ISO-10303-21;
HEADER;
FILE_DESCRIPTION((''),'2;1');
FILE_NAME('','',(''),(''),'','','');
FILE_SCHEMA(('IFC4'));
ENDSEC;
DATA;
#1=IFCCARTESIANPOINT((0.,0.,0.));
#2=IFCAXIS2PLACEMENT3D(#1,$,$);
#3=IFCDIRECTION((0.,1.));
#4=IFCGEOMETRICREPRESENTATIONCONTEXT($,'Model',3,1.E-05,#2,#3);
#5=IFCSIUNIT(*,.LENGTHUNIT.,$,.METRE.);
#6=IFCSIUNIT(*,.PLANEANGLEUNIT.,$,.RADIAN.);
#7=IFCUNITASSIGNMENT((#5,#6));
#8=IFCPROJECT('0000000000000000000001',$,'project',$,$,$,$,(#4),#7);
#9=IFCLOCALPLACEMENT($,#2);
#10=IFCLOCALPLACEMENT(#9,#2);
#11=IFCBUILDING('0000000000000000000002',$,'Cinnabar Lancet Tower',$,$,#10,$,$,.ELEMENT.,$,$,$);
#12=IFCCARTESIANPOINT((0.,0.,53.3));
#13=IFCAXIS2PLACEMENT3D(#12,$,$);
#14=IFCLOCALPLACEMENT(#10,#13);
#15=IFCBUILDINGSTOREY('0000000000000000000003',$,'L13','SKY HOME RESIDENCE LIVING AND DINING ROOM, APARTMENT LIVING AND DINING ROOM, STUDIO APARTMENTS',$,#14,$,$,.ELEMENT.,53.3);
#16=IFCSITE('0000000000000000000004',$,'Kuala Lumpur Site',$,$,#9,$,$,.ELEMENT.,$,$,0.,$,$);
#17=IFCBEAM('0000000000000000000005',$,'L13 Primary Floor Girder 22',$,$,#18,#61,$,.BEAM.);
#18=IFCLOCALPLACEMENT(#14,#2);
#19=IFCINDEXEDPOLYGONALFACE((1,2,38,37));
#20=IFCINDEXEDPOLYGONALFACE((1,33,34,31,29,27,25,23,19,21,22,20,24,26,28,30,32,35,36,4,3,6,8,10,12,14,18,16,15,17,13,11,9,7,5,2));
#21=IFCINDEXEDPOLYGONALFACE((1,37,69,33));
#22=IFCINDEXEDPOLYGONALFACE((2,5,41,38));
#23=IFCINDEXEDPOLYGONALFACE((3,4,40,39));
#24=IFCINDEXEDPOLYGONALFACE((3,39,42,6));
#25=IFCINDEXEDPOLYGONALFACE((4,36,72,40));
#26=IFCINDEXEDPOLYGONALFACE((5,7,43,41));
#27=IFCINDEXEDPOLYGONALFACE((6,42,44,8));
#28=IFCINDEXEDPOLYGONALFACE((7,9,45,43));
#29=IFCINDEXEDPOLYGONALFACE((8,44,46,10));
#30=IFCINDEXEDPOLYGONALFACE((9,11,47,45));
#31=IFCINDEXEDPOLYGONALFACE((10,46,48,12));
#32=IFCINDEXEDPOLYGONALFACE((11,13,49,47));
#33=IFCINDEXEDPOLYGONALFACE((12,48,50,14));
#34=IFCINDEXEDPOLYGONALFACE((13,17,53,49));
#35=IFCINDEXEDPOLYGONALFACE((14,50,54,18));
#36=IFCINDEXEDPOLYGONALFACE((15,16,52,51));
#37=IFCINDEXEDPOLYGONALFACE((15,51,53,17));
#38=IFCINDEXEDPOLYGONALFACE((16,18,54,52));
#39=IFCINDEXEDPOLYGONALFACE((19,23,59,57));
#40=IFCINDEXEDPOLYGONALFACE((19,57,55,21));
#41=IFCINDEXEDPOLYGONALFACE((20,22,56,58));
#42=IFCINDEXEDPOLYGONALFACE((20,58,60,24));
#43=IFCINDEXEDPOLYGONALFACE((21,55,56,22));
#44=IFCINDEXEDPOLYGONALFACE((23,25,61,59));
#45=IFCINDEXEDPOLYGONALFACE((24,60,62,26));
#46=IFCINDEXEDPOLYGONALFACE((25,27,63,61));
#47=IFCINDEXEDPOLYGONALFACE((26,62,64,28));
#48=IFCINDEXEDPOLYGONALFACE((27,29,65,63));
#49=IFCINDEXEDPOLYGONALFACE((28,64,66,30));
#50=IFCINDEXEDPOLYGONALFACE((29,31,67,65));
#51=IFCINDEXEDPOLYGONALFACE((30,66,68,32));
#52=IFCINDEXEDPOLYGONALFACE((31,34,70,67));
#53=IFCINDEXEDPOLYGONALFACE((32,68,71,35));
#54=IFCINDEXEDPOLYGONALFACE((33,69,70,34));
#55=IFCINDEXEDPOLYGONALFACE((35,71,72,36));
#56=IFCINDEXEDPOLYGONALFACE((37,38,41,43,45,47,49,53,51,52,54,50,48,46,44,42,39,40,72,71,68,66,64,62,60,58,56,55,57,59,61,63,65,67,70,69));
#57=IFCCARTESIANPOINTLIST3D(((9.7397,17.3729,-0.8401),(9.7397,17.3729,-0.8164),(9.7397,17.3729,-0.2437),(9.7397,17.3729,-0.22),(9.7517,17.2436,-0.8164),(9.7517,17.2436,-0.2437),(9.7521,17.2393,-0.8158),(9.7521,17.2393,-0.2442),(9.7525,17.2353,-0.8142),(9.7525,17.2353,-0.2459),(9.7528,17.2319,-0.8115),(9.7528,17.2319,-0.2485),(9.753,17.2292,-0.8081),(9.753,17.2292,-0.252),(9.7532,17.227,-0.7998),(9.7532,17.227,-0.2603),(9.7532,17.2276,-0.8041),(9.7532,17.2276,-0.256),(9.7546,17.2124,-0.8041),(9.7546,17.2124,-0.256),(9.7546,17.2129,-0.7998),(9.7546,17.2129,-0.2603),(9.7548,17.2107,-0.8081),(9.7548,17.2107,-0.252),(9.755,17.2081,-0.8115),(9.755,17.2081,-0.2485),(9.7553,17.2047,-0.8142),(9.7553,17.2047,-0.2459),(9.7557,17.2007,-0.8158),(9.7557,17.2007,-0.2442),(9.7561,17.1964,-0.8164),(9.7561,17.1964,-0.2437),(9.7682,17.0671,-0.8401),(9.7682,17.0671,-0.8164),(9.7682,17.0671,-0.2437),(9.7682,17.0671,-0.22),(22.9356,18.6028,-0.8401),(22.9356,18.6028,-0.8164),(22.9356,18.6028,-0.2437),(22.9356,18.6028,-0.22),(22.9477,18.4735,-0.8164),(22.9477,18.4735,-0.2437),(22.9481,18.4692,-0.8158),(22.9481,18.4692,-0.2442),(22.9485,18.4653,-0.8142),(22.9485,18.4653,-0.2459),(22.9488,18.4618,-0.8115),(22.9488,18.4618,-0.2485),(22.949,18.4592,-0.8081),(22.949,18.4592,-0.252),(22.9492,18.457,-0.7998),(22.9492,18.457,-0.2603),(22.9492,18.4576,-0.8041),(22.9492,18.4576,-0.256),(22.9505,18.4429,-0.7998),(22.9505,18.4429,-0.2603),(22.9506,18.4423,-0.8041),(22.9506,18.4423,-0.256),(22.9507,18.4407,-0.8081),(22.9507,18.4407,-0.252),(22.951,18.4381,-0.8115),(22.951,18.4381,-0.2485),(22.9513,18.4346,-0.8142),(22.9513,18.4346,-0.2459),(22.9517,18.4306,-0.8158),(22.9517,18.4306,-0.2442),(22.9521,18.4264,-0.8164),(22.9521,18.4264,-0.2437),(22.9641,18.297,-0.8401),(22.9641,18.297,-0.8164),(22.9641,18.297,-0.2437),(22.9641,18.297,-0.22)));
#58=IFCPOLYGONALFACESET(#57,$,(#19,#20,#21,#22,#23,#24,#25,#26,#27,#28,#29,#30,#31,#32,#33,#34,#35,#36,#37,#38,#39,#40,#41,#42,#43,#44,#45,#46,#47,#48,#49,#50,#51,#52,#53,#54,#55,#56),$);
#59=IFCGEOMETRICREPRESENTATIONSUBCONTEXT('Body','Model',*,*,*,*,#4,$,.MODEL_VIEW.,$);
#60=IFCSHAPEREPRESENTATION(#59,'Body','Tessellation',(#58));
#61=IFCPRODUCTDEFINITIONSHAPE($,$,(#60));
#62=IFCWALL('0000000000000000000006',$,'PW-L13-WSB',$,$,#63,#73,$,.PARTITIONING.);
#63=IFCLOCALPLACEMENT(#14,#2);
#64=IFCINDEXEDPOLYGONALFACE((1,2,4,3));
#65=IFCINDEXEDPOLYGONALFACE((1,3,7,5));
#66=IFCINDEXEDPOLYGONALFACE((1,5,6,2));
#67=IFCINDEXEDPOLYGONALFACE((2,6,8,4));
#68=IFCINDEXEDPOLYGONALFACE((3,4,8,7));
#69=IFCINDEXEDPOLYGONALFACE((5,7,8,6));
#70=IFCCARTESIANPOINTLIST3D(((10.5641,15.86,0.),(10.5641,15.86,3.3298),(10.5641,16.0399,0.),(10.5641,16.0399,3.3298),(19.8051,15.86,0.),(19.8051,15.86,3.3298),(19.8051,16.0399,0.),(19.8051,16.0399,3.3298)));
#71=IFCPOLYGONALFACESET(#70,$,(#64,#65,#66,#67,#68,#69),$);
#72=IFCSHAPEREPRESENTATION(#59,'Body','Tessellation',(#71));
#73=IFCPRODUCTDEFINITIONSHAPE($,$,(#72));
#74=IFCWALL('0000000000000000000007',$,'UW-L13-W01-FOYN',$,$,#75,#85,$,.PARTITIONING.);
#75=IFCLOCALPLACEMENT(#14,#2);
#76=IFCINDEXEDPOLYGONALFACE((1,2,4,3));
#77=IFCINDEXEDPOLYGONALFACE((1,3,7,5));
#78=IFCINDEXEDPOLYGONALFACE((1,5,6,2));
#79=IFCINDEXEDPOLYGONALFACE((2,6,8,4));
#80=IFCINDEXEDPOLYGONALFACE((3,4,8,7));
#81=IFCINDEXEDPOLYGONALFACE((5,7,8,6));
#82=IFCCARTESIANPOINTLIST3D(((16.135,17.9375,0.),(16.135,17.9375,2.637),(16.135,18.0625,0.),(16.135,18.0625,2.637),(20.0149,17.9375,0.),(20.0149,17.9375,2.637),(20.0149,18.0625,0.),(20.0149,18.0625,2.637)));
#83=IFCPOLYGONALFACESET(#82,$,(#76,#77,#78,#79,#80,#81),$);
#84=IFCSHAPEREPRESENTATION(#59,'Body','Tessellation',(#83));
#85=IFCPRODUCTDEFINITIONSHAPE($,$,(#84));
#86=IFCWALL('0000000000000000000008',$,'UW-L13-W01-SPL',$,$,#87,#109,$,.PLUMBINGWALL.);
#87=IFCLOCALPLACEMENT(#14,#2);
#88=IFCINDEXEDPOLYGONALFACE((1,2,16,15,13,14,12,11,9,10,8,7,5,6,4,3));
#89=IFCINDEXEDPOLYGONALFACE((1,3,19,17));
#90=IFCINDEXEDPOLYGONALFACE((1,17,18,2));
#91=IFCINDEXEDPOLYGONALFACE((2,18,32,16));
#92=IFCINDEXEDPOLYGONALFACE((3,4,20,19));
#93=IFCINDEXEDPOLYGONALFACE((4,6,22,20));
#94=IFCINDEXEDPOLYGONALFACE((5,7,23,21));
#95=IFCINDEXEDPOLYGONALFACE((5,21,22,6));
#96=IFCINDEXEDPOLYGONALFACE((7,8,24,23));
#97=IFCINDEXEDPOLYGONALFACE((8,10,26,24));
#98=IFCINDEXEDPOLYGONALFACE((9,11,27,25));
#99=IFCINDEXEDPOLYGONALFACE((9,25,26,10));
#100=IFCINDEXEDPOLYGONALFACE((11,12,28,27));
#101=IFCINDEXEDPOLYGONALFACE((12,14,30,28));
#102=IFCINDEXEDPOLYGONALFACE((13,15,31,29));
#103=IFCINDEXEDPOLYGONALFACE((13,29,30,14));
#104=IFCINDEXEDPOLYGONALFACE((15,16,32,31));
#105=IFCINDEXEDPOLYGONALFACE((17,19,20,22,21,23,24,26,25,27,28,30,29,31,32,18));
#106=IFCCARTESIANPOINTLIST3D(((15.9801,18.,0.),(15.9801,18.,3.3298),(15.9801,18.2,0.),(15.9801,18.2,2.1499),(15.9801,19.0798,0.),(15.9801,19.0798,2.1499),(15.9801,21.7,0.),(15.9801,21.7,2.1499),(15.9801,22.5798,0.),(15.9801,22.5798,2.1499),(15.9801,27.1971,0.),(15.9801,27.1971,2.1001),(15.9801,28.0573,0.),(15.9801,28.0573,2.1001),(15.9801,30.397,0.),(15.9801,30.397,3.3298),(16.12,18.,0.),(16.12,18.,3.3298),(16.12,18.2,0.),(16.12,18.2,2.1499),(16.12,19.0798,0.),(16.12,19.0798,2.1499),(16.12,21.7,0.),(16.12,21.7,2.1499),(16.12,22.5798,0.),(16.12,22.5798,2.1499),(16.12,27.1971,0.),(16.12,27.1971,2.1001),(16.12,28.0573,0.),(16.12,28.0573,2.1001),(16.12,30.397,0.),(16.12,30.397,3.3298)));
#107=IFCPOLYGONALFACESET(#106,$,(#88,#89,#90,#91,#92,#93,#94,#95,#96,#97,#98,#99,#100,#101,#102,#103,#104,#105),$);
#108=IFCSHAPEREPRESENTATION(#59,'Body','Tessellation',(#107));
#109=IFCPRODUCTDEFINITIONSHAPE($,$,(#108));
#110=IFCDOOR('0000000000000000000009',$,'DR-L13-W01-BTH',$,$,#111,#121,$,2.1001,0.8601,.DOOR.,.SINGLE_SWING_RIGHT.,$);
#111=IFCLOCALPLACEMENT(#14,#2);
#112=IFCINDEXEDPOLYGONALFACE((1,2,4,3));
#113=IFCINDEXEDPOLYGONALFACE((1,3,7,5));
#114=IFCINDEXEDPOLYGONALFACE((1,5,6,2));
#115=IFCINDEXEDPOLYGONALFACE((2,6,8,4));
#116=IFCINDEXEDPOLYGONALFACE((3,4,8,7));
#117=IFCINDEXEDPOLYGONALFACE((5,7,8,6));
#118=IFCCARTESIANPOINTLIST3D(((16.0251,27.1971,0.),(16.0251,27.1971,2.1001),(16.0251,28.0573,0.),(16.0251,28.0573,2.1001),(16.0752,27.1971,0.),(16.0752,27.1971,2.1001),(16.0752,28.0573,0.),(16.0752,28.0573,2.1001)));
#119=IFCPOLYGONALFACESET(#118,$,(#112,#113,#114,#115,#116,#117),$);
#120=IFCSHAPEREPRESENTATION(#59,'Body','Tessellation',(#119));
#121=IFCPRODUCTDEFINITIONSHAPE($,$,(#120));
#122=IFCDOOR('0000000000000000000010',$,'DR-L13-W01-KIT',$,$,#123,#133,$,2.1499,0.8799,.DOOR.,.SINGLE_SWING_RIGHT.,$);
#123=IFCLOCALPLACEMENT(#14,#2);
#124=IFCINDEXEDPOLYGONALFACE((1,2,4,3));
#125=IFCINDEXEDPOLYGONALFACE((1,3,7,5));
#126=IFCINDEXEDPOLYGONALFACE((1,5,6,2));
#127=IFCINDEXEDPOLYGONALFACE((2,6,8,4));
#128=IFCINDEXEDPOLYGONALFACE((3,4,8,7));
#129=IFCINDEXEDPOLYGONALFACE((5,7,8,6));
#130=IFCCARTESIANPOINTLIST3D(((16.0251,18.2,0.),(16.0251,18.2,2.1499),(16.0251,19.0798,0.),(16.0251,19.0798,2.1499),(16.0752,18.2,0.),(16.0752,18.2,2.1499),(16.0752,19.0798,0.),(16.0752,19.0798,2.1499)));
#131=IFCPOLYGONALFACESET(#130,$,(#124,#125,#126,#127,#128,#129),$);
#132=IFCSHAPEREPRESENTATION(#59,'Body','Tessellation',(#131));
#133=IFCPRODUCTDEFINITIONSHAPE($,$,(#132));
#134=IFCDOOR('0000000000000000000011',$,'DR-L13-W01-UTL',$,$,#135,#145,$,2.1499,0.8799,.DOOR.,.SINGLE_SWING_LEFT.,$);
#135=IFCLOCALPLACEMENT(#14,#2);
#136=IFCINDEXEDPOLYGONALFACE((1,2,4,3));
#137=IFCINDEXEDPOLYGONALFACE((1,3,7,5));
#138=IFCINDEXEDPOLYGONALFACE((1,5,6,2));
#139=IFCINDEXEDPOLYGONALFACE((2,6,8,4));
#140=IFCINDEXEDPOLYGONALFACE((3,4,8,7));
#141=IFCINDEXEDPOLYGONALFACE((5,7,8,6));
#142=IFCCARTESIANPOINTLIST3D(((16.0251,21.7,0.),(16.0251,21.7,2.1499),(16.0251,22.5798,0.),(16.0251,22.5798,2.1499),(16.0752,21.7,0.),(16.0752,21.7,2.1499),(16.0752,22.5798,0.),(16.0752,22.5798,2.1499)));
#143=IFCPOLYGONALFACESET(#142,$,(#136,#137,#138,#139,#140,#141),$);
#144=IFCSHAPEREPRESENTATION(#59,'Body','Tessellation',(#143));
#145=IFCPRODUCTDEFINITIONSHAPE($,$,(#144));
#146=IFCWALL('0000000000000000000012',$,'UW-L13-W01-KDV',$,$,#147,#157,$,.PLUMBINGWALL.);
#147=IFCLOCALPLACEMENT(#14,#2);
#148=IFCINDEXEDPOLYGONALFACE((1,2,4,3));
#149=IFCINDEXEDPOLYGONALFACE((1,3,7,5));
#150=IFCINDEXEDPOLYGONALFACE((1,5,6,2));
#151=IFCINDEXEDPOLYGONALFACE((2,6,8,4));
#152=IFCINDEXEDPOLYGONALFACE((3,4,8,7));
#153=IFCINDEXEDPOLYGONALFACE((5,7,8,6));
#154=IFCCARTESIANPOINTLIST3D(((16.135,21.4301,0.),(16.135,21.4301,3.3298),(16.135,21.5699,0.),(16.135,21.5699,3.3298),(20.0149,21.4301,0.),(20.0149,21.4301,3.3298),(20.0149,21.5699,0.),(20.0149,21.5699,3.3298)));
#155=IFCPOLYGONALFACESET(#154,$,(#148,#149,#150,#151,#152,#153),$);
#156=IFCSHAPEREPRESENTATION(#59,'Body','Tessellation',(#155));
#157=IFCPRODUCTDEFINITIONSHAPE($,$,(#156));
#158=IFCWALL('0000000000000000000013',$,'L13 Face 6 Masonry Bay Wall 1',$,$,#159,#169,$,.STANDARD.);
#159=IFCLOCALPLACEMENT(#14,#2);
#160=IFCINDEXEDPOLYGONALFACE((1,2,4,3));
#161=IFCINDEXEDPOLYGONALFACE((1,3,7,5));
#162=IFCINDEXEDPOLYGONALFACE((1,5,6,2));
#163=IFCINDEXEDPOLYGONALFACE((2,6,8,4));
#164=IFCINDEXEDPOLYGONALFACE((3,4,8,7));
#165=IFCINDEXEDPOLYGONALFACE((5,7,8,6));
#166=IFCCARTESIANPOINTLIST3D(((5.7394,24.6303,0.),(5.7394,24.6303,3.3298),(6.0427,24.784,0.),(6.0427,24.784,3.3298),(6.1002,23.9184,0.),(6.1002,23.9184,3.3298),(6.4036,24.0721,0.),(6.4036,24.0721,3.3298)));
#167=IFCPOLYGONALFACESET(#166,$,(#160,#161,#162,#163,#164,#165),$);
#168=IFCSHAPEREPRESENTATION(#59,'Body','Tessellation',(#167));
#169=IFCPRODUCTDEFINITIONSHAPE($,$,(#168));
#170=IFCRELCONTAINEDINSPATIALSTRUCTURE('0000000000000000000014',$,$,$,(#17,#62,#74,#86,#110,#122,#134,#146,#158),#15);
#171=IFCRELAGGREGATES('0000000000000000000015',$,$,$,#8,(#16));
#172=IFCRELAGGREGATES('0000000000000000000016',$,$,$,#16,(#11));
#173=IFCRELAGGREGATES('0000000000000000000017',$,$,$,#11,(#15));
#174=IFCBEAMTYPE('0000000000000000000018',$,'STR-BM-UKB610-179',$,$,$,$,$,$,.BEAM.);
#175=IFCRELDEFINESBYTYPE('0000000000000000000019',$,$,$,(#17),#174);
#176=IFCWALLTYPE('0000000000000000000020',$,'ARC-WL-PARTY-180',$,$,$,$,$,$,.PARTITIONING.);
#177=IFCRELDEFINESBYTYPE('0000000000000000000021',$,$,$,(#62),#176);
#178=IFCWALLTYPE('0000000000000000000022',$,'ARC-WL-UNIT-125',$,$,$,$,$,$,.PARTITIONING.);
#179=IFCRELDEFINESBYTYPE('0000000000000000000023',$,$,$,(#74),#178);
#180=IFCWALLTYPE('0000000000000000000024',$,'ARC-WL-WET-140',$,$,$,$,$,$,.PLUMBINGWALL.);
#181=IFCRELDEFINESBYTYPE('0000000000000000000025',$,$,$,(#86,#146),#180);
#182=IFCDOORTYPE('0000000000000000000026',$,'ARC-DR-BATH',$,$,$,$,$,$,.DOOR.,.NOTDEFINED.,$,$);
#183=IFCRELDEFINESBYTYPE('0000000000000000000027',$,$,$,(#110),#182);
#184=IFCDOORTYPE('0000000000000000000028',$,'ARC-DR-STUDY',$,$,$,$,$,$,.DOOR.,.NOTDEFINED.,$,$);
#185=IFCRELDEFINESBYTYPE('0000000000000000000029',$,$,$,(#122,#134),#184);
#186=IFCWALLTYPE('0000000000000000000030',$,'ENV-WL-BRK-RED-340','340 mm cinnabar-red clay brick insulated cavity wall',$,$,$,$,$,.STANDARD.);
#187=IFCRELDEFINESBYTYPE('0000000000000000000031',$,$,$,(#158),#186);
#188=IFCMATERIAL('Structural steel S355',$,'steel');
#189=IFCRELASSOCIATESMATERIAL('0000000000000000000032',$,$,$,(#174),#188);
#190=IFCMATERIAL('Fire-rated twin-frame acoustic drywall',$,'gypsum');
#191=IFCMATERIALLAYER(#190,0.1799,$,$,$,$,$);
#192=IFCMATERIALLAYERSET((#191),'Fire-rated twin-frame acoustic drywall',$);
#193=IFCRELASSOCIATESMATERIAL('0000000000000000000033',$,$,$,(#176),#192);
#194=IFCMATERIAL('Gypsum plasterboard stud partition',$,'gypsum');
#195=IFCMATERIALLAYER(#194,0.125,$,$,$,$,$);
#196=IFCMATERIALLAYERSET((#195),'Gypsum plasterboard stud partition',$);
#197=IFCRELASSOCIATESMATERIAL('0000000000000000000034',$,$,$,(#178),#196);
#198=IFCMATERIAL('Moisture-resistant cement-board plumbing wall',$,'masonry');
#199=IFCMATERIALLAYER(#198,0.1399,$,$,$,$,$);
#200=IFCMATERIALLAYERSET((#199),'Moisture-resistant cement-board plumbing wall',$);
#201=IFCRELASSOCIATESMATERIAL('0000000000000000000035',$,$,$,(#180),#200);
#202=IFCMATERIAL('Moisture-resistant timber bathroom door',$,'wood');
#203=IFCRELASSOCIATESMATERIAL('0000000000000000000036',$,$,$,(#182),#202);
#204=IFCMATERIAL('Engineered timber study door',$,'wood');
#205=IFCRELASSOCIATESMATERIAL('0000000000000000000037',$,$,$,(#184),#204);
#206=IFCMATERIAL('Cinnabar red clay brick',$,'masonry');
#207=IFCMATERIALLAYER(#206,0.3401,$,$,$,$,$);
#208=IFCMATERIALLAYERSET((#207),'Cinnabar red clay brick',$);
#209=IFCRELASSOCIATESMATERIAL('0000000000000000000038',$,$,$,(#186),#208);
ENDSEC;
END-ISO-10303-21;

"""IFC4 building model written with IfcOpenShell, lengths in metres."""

from ifc_helpers import new_model, si_unit, direction, frame, frame_2d, origin, origin_2d, place, context, subcontext, project, spatial, rectangle, i_section, extrude, material, layer, layer_set, material_profile, profile_set, type_object, element, fill, save


model = new_model("IFC4")

# Units and contexts
model_context = context("Model", 3, precision=1e-05, world=origin(), true_north=direction((0.0, 1.0)))
body_context = subcontext(model_context, "Body", "Model", "MODEL_VIEW")
ifc_project = project(units=[si_unit("LENGTHUNIT", "METRE"), si_unit("PLANEANGLEUNIT", "RADIAN")], contexts=[model_context])

# Site, building, storey
site_placement = place(None, origin())
site = spatial("IfcSite", under=ifc_project, at=site_placement, Name="Kuala Lumpur Site", CompositionType="ELEMENT", RefElevation=0.0)
building_placement = place(site_placement, origin())
building = spatial("IfcBuilding", under=site, at=building_placement, Name="Cinnabar Lancet Tower", CompositionType="ELEMENT")
storey_placement = place(building_placement, frame((0.0, 0.0, 53.3)))
storey = spatial("IfcBuildingStorey", under=building, at=storey_placement, Name="L13", Description="SKY HOME RESIDENCE LIVING AND DINING ROOM, APARTMENT LIVING AND DINING ROOM, STUDIO APARTMENTS", CompositionType="ELEMENT", Elevation=53.3)

# Beam
ifc_material_1 = material(Name="Structural steel S355", Category="steel")
ifc_material_profile_1 = material_profile(ifc_material_1, i_section(OverallWidth=0.3071, OverallDepth=0.6201, WebThickness=0.0142, FlangeThickness=0.0237, FilletRadius=0.0166, at=origin_2d()), Name="UKB 610x305x179")
ifc_profile_set_1 = profile_set([ifc_material_profile_1], Name="Structural steel S355")
beam_type_1 = type_object("IfcBeamType", Name="STR-BM-UKB610-179", PredefinedType="BEAM", material=ifc_profile_set_1)
beam_1_placement = place(storey_placement, frame((9.7539, 17.22, -0.53), z_axis=(0.995684, 0.092806, 0.0), x_axis=(-0.092806, 0.995684, 0.0)))
element("IfcBeam", 1, at=beam_1_placement, inside=storey, type_object=beam_type_1, Name="L13 Primary Floor Girder 22", PredefinedType="BEAM", context=body_context, shape_type="SweptSolid", body=[
    extrude(i_section(OverallWidth=0.3071, OverallDepth=0.6201, WebThickness=0.0142, FlangeThickness=0.0237, FilletRadius=0.0166, at=origin_2d()), origin(), (0.0, 0.0, 1.0), 13.2532),
])

# Walls
ifc_material_2 = material(Name="Fire-rated twin-frame acoustic drywall", Category="gypsum")
ifc_layer_1 = layer(ifc_material_2, 0.1799)
ifc_layer_set_1 = layer_set([ifc_layer_1], Name="Fire-rated twin-frame acoustic drywall")
wall_type_1 = type_object("IfcWallType", Name="ARC-WL-PARTY-180", PredefinedType="PARTITIONING", material=ifc_layer_set_1)
wall_1_placement = place(storey_placement, frame((10.564, 15.95, 0.0), z_axis=(0.0, 0.0, 1.0), x_axis=(1.0, 0.0, 0.0)))
element("IfcWall", 2, at=wall_1_placement, inside=storey, type_object=wall_type_1, Name="PW-L13-WSB", PredefinedType="PARTITIONING", context=body_context, shape_type="SweptSolid", body=[
    extrude(rectangle(XDim=9.241, YDim=0.1799, at=frame_2d((4.6206, 0.0))), origin(), (0.0, 0.0, 1.0), 3.3298),
])
ifc_material_3 = material(Name="Gypsum plasterboard stud partition", Category="gypsum")
ifc_layer_2 = layer(ifc_material_3, 0.125)
ifc_layer_set_2 = layer_set([ifc_layer_2], Name="Gypsum plasterboard stud partition")
wall_type_2 = type_object("IfcWallType", Name="ARC-WL-UNIT-125", PredefinedType="PARTITIONING", material=ifc_layer_set_2)
wall_2_placement = place(storey_placement, frame((16.135, 18.0, 0.0), z_axis=(0.0, 0.0, 1.0), x_axis=(1.0, 0.0, 0.0)))
element("IfcWall", 3, at=wall_2_placement, inside=storey, type_object=wall_type_2, Name="UW-L13-W01-FOYN", PredefinedType="PARTITIONING", context=body_context, shape_type="SweptSolid", body=[
    extrude(rectangle(XDim=3.8799, YDim=0.125, at=frame_2d((1.9399, 0.0))), origin(), (0.0, 0.0, 1.0), 2.637),
])

# Wall, openings, doors
ifc_material_4 = material(Name="Moisture-resistant cement-board plumbing wall", Category="masonry")
ifc_layer_3 = layer(ifc_material_4, 0.1399)
ifc_layer_set_3 = layer_set([ifc_layer_3], Name="Moisture-resistant cement-board plumbing wall")
wall_type_3 = type_object("IfcWallType", Name="ARC-WL-WET-140", PredefinedType="PLUMBINGWALL", material=ifc_layer_set_3)
wall_3_placement = place(storey_placement, frame((16.05, 18.0, 0.0), z_axis=(0.0, 0.0, 1.0), x_axis=(0.0, 1.0, 0.0)))
wall_3 = element("IfcWall", 4, at=wall_3_placement, inside=storey, type_object=wall_type_3, Name="UW-L13-W01-SPL", PredefinedType="PLUMBINGWALL", context=body_context, shape_type="SweptSolid", body=[
    extrude(rectangle(XDim=12.397, YDim=0.1399, at=frame_2d((6.1985, 0.0))), origin(), (0.0, 0.0, 1.0), 3.3298),
])
opening_1_placement = place(wall_3_placement, frame((0.2, 0.0, 0.0)))
opening_1 = element("IfcOpeningElement", 5, at=opening_1_placement, cuts=wall_3, PredefinedType="OPENING", context=body_context, shape_type="SweptSolid", body=[
    extrude(rectangle(XDim=0.8799, YDim=2.1499, at=frame_2d((0.4399, 1.075))), frame((0.0, 0.0798, 0.0), z_axis=(0.0, -1.0, 0.0), x_axis=(1.0, 0.0, 0.0)), (0.0, 0.0, 1.0), 0.1599),
])
opening_2_placement = place(wall_3_placement, frame((3.7, 0.0, 0.0)))
opening_2 = element("IfcOpeningElement", 6, at=opening_2_placement, cuts=wall_3, PredefinedType="OPENING", context=body_context, shape_type="SweptSolid", body=[
    extrude(rectangle(XDim=0.8799, YDim=2.1499, at=frame_2d((0.4399, 1.075))), frame((0.0, 0.0798, 0.0), z_axis=(0.0, -1.0, 0.0), x_axis=(1.0, 0.0, 0.0)), (0.0, 0.0, 1.0), 0.1599),
])
opening_3_placement = place(wall_3_placement, frame((9.197, 0.0, 0.0)))
opening_3 = element("IfcOpeningElement", 7, at=opening_3_placement, cuts=wall_3, PredefinedType="OPENING", context=body_context, shape_type="SweptSolid", body=[
    extrude(rectangle(XDim=0.8601, YDim=2.1001, at=frame_2d((0.4302, 1.05))), frame((0.0, 0.0798, 0.0), z_axis=(0.0, -1.0, 0.0), x_axis=(1.0, 0.0, 0.0)), (0.0, 0.0, 1.0), 0.1599),
])
ifc_material_5 = material(Name="Moisture-resistant timber bathroom door", Category="wood")
door_type_1 = type_object("IfcDoorType", Name="ARC-DR-BATH", OperationType="NOTDEFINED", PredefinedType="DOOR", material=ifc_material_5)
door_1_placement = place(opening_3_placement, origin())
door_1 = element("IfcDoor", 8, at=door_1_placement, inside=storey, type_object=door_type_1, Name="DR-L13-W01-BTH", OperationType="SINGLE_SWING_RIGHT", OverallHeight=2.1001, OverallWidth=0.8601, PredefinedType="DOOR", context=body_context, shape_type="SweptSolid", body=[
    extrude(rectangle(XDim=0.8601, YDim=2.1001, at=frame_2d((0.4302, 1.05))), frame((0.0, 0.0249, 0.0), z_axis=(0.0, -1.0, 0.0), x_axis=(1.0, 0.0, 0.0)), (0.0, 0.0, 1.0), 0.05),
])
fill(opening_3, door_1)
ifc_material_6 = material(Name="Engineered timber study door", Category="wood")
door_type_2 = type_object("IfcDoorType", Name="ARC-DR-STUDY", OperationType="NOTDEFINED", PredefinedType="DOOR", material=ifc_material_6)
door_2_placement = place(opening_1_placement, origin())
door_2 = element("IfcDoor", 9, at=door_2_placement, inside=storey, type_object=door_type_2, Name="DR-L13-W01-KIT", OperationType="SINGLE_SWING_RIGHT", OverallHeight=2.1499, OverallWidth=0.8799, PredefinedType="DOOR", context=body_context, shape_type="SweptSolid", body=[
    extrude(rectangle(XDim=0.8799, YDim=2.1499, at=frame_2d((0.4399, 1.075))), frame((0.0, 0.0249, 0.0), z_axis=(0.0, -1.0, 0.0), x_axis=(1.0, 0.0, 0.0)), (0.0, 0.0, 1.0), 0.05),
])
fill(opening_1, door_2)
door_3_placement = place(opening_2_placement, origin())
door_3 = element("IfcDoor", 10, at=door_3_placement, inside=storey, type_object=door_type_2, Name="DR-L13-W01-UTL", OperationType="SINGLE_SWING_LEFT", OverallHeight=2.1499, OverallWidth=0.8799, PredefinedType="DOOR", context=body_context, shape_type="SweptSolid", body=[
    extrude(rectangle(XDim=0.8799, YDim=2.1499, at=frame_2d((0.4399, 1.075))), frame((0.0, 0.0249, 0.0), z_axis=(0.0, -1.0, 0.0), x_axis=(1.0, 0.0, 0.0)), (0.0, 0.0, 1.0), 0.05),
])
fill(opening_2, door_3)

# Walls
wall_4_placement = place(storey_placement, frame((16.135, 21.5, 0.0), z_axis=(0.0, 0.0, 1.0), x_axis=(1.0, 0.0, 0.0)))
element("IfcWall", 11, at=wall_4_placement, inside=storey, type_object=wall_type_3, Name="UW-L13-W01-KDV", PredefinedType="PLUMBINGWALL", context=body_context, shape_type="SweptSolid", body=[
    extrude(rectangle(XDim=3.8799, YDim=0.1399, at=frame_2d((1.9399, 0.0))), origin(), (0.0, 0.0, 1.0), 3.3298),
])
ifc_material_7 = material(Name="Cinnabar red clay brick", Category="masonry")
ifc_layer_4 = layer(ifc_material_7, 0.3401)
ifc_layer_set_4 = layer_set([ifc_layer_4], Name="Cinnabar red clay brick")
wall_type_4 = type_object("IfcWallType", Name="ENV-WL-BRK-RED-340", Description="340 mm cinnabar-red clay brick insulated cavity wall", PredefinedType="STANDARD", material=ifc_layer_set_4)
wall_5_placement = place(storey_placement, frame((5.8911, 24.707, 0.0), z_axis=(0.0, 0.0, 1.0), x_axis=(0.452101, -0.891967, 0.0)))
element("IfcWall", 12, at=wall_5_placement, inside=storey, type_object=wall_type_4, Name="L13 Face 6 Masonry Bay Wall 1", PredefinedType="STANDARD", context=body_context, shape_type="SweptSolid", body=[
    extrude(rectangle(XDim=0.7981, YDim=0.3401, at=frame_2d((0.3989, 0.0))), origin(), (0.0, 0.0, 1.0), 3.3298),
])

save(model, "model.ifc")
